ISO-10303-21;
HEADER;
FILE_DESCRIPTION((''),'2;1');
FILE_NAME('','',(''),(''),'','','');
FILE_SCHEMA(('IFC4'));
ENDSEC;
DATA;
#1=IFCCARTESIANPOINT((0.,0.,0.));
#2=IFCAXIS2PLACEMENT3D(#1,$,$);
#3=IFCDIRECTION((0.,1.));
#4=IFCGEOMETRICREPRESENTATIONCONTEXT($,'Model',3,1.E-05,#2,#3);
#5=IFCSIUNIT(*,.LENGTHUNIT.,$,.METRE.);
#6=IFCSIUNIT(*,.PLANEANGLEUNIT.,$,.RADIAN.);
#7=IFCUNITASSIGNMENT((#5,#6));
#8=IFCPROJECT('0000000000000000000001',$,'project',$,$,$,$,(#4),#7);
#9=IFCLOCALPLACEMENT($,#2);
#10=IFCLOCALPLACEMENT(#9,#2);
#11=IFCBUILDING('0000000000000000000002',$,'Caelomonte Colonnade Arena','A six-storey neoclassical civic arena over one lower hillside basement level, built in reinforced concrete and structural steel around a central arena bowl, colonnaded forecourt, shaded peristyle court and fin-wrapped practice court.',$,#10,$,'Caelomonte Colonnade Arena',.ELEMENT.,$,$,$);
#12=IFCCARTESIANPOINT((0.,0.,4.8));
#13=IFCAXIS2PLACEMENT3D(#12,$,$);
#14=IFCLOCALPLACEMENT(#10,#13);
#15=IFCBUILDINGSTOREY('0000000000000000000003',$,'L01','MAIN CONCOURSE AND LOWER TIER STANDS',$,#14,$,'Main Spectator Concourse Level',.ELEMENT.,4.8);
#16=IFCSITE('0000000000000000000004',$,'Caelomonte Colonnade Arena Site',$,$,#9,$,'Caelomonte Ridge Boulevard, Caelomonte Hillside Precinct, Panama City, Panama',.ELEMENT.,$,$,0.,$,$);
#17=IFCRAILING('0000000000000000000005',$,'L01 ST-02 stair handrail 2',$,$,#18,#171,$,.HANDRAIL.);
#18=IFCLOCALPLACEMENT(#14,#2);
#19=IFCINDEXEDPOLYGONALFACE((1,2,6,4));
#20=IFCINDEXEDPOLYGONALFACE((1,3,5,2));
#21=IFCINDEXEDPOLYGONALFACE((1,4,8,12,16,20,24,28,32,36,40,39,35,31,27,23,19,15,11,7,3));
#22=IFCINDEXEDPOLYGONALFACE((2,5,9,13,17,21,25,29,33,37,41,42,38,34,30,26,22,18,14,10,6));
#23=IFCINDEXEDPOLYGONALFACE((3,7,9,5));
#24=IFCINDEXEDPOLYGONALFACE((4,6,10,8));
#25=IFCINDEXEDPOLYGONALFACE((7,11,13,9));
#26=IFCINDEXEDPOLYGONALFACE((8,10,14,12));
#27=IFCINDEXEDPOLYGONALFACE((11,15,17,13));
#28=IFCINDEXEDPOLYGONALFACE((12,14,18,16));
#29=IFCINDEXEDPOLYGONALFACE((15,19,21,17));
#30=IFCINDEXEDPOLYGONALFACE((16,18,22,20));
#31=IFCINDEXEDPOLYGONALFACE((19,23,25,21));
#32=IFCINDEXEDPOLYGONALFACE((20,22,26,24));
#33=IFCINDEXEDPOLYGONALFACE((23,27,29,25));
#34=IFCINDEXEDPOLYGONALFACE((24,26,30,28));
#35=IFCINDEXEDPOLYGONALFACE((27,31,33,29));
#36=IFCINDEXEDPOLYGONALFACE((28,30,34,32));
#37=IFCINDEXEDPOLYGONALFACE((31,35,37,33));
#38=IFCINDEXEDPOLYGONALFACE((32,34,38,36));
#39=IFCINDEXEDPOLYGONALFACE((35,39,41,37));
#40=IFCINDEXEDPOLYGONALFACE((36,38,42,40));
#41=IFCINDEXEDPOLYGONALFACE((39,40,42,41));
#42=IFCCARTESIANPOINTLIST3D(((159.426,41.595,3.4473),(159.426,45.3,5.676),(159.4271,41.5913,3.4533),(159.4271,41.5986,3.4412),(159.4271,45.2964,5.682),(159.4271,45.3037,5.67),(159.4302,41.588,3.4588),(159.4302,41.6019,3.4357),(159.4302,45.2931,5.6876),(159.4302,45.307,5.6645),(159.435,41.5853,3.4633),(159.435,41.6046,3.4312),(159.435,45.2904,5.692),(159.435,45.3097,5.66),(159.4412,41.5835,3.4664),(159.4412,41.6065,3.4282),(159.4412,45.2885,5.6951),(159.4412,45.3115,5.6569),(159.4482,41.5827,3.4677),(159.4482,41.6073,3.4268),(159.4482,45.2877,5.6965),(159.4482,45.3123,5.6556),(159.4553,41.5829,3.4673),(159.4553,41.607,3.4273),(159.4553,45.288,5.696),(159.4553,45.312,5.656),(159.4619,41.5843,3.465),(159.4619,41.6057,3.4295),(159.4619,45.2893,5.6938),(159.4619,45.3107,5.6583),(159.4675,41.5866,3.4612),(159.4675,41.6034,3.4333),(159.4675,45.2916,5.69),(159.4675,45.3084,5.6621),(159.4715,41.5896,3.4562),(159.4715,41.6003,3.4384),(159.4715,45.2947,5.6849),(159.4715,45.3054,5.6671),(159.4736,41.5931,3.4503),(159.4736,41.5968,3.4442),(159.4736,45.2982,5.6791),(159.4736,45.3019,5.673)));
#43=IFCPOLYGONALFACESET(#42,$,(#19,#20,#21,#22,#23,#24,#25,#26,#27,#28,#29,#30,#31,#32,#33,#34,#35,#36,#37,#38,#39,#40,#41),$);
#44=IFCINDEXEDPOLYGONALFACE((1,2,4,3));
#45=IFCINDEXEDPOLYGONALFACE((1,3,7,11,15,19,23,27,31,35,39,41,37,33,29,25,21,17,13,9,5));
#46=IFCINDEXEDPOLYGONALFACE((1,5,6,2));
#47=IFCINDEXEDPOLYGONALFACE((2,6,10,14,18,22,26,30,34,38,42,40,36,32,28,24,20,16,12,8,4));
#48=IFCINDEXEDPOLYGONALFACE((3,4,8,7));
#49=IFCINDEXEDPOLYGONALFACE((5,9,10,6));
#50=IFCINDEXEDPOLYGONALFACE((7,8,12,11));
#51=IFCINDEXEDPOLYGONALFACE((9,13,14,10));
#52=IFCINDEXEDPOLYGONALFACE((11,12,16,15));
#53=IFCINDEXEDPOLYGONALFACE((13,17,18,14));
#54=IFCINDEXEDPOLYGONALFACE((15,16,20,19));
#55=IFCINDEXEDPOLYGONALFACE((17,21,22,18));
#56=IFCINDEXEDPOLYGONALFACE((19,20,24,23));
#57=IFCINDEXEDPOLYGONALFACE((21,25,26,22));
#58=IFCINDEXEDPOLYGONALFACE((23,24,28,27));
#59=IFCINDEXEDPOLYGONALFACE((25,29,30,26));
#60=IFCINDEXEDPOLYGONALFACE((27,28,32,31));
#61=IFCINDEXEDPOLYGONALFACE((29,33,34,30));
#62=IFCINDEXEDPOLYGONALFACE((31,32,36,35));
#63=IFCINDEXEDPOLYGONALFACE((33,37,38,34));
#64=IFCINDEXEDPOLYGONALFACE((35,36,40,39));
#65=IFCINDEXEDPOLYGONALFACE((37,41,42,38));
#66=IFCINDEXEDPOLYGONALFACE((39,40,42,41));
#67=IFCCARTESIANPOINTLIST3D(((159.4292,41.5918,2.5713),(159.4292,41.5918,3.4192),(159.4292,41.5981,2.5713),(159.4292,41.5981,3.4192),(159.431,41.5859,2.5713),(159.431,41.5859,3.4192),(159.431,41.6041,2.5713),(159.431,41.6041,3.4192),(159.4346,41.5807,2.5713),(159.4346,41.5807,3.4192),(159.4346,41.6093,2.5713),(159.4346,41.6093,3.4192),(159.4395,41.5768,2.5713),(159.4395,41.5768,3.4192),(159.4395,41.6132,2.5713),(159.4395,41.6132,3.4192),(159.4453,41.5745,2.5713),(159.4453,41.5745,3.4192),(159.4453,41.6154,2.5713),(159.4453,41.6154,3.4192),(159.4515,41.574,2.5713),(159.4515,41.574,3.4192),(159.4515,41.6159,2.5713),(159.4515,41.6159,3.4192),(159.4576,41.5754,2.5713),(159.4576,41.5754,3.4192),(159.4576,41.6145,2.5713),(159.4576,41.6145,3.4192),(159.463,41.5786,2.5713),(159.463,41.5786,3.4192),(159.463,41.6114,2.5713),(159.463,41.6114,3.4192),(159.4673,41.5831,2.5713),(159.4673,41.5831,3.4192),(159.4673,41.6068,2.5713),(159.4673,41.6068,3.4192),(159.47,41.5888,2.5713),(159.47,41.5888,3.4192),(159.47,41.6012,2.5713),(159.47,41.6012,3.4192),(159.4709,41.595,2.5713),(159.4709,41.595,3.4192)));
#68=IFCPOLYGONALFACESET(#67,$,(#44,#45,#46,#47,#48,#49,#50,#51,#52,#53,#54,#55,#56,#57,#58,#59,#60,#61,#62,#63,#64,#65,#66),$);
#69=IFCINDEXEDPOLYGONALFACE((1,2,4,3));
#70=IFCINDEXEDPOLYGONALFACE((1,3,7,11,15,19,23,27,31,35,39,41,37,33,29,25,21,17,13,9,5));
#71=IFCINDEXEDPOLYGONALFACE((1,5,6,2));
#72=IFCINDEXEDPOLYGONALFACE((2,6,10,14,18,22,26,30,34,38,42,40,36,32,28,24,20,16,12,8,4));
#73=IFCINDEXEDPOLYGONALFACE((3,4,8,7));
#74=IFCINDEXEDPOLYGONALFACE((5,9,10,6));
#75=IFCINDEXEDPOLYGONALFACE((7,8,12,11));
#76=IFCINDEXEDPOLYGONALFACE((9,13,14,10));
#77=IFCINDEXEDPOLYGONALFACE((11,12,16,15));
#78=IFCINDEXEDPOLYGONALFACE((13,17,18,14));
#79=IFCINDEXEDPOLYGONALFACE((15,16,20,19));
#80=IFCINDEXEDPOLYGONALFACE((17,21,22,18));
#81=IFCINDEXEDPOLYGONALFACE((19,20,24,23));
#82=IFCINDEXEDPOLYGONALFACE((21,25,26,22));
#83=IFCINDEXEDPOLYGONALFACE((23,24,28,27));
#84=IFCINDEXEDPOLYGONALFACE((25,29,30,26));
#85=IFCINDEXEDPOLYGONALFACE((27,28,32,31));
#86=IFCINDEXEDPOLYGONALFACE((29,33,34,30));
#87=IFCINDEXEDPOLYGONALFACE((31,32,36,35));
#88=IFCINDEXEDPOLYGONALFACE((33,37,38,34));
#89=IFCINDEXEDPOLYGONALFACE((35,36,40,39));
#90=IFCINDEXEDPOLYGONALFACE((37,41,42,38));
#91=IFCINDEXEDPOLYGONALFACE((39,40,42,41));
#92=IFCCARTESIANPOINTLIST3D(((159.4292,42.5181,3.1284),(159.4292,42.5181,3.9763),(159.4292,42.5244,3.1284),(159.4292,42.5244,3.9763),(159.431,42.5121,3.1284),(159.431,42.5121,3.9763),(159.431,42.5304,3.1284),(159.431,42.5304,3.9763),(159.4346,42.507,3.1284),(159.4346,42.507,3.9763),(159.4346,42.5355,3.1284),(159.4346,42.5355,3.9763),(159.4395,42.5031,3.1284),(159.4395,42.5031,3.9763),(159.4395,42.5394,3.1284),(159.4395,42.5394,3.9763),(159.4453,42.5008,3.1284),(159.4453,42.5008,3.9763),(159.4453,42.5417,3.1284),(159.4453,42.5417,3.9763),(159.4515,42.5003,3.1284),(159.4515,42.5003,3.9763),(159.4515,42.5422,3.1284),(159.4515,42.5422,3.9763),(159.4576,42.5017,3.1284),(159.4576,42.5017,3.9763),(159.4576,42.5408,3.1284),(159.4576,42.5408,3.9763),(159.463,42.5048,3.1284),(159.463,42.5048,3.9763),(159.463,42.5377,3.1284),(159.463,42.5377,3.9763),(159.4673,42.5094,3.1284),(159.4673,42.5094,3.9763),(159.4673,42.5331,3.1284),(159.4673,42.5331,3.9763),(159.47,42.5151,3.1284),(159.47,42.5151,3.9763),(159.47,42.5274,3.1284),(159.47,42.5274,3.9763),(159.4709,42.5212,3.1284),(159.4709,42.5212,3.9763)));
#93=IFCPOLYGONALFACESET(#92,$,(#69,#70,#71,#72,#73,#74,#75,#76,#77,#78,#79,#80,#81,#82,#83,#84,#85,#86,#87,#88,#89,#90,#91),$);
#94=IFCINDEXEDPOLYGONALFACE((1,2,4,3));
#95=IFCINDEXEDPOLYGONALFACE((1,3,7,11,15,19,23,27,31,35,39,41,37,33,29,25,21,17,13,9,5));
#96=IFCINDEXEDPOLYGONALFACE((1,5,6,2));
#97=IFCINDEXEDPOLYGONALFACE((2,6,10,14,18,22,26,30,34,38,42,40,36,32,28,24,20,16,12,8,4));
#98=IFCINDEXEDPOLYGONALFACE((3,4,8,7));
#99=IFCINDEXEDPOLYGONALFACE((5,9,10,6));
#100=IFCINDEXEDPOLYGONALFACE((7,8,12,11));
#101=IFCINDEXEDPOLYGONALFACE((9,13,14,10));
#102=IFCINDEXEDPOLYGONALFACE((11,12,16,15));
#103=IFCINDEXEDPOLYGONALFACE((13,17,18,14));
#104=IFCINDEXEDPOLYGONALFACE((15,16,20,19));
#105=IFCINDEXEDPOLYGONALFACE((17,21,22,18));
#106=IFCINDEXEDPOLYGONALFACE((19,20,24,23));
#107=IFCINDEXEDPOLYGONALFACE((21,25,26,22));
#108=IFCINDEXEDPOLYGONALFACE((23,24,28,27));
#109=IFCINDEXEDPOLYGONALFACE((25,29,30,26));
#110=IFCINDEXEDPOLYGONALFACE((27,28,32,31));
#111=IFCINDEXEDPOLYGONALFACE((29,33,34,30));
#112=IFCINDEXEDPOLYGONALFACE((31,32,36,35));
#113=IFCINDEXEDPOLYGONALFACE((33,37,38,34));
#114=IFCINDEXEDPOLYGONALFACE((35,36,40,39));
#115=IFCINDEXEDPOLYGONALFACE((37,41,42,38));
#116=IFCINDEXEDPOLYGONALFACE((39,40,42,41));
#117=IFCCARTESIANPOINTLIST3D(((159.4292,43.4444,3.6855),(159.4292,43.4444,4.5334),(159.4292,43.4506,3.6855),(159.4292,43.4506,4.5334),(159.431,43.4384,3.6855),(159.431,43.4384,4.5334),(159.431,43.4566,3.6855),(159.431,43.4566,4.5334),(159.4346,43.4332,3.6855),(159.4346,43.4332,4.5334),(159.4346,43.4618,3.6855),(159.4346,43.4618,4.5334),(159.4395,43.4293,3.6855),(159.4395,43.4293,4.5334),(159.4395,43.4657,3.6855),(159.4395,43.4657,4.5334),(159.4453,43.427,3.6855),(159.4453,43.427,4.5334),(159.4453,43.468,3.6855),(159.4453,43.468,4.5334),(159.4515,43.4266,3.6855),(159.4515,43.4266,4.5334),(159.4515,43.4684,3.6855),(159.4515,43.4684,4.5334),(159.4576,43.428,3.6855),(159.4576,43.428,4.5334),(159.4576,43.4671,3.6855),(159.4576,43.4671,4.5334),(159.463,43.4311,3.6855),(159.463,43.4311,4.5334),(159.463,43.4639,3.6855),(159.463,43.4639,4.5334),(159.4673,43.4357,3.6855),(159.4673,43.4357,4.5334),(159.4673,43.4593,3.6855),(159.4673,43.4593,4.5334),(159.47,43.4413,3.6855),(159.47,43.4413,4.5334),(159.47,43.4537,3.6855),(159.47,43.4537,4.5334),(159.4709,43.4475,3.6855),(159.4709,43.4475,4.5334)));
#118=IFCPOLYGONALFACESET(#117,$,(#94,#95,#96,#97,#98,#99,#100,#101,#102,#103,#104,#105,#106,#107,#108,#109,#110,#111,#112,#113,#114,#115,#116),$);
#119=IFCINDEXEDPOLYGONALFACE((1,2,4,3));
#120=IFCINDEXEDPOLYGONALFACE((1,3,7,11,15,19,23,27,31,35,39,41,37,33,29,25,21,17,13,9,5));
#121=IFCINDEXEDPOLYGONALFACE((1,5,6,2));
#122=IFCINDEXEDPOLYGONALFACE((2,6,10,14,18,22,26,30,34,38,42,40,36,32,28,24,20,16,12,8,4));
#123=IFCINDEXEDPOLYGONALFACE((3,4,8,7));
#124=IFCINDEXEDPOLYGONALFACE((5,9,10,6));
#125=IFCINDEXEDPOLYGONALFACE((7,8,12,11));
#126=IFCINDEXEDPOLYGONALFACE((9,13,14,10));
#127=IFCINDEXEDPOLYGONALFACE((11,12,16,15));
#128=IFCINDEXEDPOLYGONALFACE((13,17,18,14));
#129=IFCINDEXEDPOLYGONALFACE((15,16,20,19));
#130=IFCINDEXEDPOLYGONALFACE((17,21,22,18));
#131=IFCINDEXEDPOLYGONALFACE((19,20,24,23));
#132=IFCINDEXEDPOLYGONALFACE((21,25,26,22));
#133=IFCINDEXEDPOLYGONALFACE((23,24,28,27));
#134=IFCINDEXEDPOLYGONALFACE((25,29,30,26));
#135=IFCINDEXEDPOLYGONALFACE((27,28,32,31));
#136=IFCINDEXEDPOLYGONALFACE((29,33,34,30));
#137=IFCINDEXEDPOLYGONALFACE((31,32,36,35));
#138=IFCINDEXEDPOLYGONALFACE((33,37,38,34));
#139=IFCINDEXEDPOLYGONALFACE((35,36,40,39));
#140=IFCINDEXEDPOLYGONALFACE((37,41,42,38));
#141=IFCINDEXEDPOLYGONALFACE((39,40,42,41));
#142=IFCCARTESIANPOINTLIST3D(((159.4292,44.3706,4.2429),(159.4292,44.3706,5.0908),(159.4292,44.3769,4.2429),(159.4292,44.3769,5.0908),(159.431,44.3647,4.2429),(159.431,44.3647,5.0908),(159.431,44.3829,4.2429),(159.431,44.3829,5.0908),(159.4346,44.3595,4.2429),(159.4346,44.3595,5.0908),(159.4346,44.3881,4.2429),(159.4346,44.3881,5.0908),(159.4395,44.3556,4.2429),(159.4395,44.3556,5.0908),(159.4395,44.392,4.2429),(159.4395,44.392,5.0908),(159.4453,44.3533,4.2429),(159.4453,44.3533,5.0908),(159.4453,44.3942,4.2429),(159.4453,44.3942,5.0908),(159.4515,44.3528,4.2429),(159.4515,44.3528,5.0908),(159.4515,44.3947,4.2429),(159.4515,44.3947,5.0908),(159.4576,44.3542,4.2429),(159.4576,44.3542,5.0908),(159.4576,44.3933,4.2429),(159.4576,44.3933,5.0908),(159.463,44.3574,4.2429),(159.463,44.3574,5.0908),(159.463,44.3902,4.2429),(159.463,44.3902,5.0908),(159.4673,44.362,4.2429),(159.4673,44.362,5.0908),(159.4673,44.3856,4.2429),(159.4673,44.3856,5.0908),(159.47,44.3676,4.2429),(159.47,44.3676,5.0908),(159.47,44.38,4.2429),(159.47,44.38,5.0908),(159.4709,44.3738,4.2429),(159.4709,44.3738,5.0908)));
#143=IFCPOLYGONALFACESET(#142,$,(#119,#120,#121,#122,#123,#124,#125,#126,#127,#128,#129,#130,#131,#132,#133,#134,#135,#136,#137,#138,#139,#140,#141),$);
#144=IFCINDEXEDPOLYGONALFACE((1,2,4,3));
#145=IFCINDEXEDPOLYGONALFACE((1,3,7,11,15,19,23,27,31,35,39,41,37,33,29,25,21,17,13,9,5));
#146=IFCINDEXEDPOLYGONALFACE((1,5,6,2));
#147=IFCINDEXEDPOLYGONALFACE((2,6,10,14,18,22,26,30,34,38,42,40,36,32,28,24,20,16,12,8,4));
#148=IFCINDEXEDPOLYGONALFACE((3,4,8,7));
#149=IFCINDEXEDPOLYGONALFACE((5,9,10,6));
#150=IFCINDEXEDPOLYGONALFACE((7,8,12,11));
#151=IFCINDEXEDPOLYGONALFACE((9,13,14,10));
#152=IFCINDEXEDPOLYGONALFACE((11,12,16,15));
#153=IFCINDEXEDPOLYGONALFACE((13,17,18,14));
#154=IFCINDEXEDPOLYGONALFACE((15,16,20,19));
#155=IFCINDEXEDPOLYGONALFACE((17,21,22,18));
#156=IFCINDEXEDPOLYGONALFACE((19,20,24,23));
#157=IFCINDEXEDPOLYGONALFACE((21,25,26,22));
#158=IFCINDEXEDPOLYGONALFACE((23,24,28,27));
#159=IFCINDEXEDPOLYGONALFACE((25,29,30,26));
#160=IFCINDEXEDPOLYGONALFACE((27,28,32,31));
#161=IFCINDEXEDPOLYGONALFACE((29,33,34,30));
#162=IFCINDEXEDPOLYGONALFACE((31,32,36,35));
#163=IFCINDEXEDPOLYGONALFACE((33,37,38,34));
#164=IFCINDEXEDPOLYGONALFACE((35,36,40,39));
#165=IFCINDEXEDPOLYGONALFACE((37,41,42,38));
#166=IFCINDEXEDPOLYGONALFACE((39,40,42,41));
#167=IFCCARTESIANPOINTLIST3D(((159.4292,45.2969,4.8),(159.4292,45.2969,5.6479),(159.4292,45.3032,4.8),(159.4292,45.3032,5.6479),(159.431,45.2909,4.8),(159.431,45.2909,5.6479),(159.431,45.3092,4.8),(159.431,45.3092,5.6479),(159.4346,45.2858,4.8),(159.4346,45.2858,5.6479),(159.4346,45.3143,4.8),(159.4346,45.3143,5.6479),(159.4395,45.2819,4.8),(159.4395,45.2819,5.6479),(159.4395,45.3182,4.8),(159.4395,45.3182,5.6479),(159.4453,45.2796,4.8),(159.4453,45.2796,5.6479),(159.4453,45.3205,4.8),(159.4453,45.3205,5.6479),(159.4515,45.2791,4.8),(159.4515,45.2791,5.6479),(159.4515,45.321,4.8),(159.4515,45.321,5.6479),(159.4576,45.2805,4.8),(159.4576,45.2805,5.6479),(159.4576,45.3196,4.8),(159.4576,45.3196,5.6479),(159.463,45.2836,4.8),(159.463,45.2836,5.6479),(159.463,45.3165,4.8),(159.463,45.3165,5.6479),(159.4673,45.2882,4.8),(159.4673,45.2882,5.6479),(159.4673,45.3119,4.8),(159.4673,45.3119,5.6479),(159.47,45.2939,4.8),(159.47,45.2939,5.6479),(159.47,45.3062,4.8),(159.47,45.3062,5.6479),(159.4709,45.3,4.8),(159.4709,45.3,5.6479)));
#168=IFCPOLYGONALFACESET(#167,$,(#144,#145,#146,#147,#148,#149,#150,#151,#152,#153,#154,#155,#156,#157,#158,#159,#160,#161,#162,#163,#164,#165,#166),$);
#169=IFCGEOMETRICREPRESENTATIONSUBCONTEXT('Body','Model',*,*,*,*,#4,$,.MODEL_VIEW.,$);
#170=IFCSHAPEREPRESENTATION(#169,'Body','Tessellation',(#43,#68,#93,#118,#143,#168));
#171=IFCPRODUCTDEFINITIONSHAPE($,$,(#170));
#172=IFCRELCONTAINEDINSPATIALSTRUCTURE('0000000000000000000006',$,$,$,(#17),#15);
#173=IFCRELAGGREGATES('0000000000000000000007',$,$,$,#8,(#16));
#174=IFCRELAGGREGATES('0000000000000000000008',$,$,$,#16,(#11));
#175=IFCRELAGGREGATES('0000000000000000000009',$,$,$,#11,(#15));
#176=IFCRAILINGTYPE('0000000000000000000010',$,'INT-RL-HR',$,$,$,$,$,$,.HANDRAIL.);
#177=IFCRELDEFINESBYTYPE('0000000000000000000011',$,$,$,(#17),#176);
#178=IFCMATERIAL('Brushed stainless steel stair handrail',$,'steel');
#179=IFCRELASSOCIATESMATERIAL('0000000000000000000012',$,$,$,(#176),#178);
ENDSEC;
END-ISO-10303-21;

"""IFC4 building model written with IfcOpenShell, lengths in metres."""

from ifc_helpers import new_model, si_unit, direction, frame, origin, origin_2d, place, context, subcontext, project, spatial, circle, extrude, material, type_object, element, save


model = new_model("IFC4")

# Units and contexts
model_context = context("Model", 3, precision=1e-05, world=origin(), true_north=direction((0.0, 1.0)))
body_context = subcontext(model_context, "Body", "Model", "MODEL_VIEW")
ifc_project = project(units=[si_unit("LENGTHUNIT", "METRE"), si_unit("PLANEANGLEUNIT", "RADIAN")], contexts=[model_context])

# Site, building, storey
site_placement = place(None, origin())
site = spatial("IfcSite", under=ifc_project, at=site_placement, Name="Caelomonte Colonnade Arena Site", LongName="Caelomonte Ridge Boulevard, Caelomonte Hillside Precinct, Panama City, Panama", CompositionType="ELEMENT", RefElevation=0.0)
building_placement = place(site_placement, origin())
building = spatial("IfcBuilding", under=site, at=building_placement, Name="Caelomonte Colonnade Arena", Description="A six-storey neoclassical civic arena over one lower hillside basement level, built in reinforced concrete and structural steel around a central arena bowl, colonnaded forecourt, shaded peristyle court and fin-wrapped practice court.", LongName="Caelomonte Colonnade Arena", CompositionType="ELEMENT")
storey_placement = place(building_placement, frame((0.0, 0.0, 4.8)))
storey = spatial("IfcBuildingStorey", under=building, at=storey_placement, Name="L01", Description="MAIN CONCOURSE AND LOWER TIER STANDS", LongName="Main Spectator Concourse Level", CompositionType="ELEMENT", Elevation=4.8)

# Railing
ifc_material_1 = material(Name="Brushed stainless steel stair handrail", Category="steel")
railing_type_1 = type_object("IfcRailingType", Name="INT-RL-HR", PredefinedType="HANDRAIL", material=ifc_material_1)
railing_1_placement = place(storey_placement, frame((159.45, 41.595, 2.5713)))
element("IfcRailing", 1, at=railing_1_placement, inside=storey, type_object=railing_type_1, Name="L01 ST-02 stair handrail 2", PredefinedType="HANDRAIL", context=body_context, shape_type="SweptSolid", body=[
    extrude(circle(Radius=0.0239, at=origin_2d()), frame((0.0, 0.0, 0.876), z_axis=(0.0, 0.856909, 0.515467), x_axis=(-1.0, 0.0, 0.0)), (0.0, 0.0, 1.0), 4.3237),
    extrude(circle(Radius=0.021, at=origin_2d()), origin(), (0.0, 0.0, 1.0), 0.8479),
    extrude(circle(Radius=0.021, at=origin_2d()), frame((0.0, 0.9263, 0.5571)), (0.0, 0.0, 1.0), 0.8479),
    extrude(circle(Radius=0.021, at=origin_2d()), frame((0.0, 1.8525, 1.1143)), (0.0, 0.0, 1.0), 0.8479),
    extrude(circle(Radius=0.021, at=origin_2d()), frame((0.0, 2.7788, 1.6716)), (0.0, 0.0, 1.0), 0.8479),
    extrude(circle(Radius=0.021, at=origin_2d()), frame((0.0, 3.7051, 2.2288)), (0.0, 0.0, 1.0), 0.8479),
])

save(model, "model.ifc")
